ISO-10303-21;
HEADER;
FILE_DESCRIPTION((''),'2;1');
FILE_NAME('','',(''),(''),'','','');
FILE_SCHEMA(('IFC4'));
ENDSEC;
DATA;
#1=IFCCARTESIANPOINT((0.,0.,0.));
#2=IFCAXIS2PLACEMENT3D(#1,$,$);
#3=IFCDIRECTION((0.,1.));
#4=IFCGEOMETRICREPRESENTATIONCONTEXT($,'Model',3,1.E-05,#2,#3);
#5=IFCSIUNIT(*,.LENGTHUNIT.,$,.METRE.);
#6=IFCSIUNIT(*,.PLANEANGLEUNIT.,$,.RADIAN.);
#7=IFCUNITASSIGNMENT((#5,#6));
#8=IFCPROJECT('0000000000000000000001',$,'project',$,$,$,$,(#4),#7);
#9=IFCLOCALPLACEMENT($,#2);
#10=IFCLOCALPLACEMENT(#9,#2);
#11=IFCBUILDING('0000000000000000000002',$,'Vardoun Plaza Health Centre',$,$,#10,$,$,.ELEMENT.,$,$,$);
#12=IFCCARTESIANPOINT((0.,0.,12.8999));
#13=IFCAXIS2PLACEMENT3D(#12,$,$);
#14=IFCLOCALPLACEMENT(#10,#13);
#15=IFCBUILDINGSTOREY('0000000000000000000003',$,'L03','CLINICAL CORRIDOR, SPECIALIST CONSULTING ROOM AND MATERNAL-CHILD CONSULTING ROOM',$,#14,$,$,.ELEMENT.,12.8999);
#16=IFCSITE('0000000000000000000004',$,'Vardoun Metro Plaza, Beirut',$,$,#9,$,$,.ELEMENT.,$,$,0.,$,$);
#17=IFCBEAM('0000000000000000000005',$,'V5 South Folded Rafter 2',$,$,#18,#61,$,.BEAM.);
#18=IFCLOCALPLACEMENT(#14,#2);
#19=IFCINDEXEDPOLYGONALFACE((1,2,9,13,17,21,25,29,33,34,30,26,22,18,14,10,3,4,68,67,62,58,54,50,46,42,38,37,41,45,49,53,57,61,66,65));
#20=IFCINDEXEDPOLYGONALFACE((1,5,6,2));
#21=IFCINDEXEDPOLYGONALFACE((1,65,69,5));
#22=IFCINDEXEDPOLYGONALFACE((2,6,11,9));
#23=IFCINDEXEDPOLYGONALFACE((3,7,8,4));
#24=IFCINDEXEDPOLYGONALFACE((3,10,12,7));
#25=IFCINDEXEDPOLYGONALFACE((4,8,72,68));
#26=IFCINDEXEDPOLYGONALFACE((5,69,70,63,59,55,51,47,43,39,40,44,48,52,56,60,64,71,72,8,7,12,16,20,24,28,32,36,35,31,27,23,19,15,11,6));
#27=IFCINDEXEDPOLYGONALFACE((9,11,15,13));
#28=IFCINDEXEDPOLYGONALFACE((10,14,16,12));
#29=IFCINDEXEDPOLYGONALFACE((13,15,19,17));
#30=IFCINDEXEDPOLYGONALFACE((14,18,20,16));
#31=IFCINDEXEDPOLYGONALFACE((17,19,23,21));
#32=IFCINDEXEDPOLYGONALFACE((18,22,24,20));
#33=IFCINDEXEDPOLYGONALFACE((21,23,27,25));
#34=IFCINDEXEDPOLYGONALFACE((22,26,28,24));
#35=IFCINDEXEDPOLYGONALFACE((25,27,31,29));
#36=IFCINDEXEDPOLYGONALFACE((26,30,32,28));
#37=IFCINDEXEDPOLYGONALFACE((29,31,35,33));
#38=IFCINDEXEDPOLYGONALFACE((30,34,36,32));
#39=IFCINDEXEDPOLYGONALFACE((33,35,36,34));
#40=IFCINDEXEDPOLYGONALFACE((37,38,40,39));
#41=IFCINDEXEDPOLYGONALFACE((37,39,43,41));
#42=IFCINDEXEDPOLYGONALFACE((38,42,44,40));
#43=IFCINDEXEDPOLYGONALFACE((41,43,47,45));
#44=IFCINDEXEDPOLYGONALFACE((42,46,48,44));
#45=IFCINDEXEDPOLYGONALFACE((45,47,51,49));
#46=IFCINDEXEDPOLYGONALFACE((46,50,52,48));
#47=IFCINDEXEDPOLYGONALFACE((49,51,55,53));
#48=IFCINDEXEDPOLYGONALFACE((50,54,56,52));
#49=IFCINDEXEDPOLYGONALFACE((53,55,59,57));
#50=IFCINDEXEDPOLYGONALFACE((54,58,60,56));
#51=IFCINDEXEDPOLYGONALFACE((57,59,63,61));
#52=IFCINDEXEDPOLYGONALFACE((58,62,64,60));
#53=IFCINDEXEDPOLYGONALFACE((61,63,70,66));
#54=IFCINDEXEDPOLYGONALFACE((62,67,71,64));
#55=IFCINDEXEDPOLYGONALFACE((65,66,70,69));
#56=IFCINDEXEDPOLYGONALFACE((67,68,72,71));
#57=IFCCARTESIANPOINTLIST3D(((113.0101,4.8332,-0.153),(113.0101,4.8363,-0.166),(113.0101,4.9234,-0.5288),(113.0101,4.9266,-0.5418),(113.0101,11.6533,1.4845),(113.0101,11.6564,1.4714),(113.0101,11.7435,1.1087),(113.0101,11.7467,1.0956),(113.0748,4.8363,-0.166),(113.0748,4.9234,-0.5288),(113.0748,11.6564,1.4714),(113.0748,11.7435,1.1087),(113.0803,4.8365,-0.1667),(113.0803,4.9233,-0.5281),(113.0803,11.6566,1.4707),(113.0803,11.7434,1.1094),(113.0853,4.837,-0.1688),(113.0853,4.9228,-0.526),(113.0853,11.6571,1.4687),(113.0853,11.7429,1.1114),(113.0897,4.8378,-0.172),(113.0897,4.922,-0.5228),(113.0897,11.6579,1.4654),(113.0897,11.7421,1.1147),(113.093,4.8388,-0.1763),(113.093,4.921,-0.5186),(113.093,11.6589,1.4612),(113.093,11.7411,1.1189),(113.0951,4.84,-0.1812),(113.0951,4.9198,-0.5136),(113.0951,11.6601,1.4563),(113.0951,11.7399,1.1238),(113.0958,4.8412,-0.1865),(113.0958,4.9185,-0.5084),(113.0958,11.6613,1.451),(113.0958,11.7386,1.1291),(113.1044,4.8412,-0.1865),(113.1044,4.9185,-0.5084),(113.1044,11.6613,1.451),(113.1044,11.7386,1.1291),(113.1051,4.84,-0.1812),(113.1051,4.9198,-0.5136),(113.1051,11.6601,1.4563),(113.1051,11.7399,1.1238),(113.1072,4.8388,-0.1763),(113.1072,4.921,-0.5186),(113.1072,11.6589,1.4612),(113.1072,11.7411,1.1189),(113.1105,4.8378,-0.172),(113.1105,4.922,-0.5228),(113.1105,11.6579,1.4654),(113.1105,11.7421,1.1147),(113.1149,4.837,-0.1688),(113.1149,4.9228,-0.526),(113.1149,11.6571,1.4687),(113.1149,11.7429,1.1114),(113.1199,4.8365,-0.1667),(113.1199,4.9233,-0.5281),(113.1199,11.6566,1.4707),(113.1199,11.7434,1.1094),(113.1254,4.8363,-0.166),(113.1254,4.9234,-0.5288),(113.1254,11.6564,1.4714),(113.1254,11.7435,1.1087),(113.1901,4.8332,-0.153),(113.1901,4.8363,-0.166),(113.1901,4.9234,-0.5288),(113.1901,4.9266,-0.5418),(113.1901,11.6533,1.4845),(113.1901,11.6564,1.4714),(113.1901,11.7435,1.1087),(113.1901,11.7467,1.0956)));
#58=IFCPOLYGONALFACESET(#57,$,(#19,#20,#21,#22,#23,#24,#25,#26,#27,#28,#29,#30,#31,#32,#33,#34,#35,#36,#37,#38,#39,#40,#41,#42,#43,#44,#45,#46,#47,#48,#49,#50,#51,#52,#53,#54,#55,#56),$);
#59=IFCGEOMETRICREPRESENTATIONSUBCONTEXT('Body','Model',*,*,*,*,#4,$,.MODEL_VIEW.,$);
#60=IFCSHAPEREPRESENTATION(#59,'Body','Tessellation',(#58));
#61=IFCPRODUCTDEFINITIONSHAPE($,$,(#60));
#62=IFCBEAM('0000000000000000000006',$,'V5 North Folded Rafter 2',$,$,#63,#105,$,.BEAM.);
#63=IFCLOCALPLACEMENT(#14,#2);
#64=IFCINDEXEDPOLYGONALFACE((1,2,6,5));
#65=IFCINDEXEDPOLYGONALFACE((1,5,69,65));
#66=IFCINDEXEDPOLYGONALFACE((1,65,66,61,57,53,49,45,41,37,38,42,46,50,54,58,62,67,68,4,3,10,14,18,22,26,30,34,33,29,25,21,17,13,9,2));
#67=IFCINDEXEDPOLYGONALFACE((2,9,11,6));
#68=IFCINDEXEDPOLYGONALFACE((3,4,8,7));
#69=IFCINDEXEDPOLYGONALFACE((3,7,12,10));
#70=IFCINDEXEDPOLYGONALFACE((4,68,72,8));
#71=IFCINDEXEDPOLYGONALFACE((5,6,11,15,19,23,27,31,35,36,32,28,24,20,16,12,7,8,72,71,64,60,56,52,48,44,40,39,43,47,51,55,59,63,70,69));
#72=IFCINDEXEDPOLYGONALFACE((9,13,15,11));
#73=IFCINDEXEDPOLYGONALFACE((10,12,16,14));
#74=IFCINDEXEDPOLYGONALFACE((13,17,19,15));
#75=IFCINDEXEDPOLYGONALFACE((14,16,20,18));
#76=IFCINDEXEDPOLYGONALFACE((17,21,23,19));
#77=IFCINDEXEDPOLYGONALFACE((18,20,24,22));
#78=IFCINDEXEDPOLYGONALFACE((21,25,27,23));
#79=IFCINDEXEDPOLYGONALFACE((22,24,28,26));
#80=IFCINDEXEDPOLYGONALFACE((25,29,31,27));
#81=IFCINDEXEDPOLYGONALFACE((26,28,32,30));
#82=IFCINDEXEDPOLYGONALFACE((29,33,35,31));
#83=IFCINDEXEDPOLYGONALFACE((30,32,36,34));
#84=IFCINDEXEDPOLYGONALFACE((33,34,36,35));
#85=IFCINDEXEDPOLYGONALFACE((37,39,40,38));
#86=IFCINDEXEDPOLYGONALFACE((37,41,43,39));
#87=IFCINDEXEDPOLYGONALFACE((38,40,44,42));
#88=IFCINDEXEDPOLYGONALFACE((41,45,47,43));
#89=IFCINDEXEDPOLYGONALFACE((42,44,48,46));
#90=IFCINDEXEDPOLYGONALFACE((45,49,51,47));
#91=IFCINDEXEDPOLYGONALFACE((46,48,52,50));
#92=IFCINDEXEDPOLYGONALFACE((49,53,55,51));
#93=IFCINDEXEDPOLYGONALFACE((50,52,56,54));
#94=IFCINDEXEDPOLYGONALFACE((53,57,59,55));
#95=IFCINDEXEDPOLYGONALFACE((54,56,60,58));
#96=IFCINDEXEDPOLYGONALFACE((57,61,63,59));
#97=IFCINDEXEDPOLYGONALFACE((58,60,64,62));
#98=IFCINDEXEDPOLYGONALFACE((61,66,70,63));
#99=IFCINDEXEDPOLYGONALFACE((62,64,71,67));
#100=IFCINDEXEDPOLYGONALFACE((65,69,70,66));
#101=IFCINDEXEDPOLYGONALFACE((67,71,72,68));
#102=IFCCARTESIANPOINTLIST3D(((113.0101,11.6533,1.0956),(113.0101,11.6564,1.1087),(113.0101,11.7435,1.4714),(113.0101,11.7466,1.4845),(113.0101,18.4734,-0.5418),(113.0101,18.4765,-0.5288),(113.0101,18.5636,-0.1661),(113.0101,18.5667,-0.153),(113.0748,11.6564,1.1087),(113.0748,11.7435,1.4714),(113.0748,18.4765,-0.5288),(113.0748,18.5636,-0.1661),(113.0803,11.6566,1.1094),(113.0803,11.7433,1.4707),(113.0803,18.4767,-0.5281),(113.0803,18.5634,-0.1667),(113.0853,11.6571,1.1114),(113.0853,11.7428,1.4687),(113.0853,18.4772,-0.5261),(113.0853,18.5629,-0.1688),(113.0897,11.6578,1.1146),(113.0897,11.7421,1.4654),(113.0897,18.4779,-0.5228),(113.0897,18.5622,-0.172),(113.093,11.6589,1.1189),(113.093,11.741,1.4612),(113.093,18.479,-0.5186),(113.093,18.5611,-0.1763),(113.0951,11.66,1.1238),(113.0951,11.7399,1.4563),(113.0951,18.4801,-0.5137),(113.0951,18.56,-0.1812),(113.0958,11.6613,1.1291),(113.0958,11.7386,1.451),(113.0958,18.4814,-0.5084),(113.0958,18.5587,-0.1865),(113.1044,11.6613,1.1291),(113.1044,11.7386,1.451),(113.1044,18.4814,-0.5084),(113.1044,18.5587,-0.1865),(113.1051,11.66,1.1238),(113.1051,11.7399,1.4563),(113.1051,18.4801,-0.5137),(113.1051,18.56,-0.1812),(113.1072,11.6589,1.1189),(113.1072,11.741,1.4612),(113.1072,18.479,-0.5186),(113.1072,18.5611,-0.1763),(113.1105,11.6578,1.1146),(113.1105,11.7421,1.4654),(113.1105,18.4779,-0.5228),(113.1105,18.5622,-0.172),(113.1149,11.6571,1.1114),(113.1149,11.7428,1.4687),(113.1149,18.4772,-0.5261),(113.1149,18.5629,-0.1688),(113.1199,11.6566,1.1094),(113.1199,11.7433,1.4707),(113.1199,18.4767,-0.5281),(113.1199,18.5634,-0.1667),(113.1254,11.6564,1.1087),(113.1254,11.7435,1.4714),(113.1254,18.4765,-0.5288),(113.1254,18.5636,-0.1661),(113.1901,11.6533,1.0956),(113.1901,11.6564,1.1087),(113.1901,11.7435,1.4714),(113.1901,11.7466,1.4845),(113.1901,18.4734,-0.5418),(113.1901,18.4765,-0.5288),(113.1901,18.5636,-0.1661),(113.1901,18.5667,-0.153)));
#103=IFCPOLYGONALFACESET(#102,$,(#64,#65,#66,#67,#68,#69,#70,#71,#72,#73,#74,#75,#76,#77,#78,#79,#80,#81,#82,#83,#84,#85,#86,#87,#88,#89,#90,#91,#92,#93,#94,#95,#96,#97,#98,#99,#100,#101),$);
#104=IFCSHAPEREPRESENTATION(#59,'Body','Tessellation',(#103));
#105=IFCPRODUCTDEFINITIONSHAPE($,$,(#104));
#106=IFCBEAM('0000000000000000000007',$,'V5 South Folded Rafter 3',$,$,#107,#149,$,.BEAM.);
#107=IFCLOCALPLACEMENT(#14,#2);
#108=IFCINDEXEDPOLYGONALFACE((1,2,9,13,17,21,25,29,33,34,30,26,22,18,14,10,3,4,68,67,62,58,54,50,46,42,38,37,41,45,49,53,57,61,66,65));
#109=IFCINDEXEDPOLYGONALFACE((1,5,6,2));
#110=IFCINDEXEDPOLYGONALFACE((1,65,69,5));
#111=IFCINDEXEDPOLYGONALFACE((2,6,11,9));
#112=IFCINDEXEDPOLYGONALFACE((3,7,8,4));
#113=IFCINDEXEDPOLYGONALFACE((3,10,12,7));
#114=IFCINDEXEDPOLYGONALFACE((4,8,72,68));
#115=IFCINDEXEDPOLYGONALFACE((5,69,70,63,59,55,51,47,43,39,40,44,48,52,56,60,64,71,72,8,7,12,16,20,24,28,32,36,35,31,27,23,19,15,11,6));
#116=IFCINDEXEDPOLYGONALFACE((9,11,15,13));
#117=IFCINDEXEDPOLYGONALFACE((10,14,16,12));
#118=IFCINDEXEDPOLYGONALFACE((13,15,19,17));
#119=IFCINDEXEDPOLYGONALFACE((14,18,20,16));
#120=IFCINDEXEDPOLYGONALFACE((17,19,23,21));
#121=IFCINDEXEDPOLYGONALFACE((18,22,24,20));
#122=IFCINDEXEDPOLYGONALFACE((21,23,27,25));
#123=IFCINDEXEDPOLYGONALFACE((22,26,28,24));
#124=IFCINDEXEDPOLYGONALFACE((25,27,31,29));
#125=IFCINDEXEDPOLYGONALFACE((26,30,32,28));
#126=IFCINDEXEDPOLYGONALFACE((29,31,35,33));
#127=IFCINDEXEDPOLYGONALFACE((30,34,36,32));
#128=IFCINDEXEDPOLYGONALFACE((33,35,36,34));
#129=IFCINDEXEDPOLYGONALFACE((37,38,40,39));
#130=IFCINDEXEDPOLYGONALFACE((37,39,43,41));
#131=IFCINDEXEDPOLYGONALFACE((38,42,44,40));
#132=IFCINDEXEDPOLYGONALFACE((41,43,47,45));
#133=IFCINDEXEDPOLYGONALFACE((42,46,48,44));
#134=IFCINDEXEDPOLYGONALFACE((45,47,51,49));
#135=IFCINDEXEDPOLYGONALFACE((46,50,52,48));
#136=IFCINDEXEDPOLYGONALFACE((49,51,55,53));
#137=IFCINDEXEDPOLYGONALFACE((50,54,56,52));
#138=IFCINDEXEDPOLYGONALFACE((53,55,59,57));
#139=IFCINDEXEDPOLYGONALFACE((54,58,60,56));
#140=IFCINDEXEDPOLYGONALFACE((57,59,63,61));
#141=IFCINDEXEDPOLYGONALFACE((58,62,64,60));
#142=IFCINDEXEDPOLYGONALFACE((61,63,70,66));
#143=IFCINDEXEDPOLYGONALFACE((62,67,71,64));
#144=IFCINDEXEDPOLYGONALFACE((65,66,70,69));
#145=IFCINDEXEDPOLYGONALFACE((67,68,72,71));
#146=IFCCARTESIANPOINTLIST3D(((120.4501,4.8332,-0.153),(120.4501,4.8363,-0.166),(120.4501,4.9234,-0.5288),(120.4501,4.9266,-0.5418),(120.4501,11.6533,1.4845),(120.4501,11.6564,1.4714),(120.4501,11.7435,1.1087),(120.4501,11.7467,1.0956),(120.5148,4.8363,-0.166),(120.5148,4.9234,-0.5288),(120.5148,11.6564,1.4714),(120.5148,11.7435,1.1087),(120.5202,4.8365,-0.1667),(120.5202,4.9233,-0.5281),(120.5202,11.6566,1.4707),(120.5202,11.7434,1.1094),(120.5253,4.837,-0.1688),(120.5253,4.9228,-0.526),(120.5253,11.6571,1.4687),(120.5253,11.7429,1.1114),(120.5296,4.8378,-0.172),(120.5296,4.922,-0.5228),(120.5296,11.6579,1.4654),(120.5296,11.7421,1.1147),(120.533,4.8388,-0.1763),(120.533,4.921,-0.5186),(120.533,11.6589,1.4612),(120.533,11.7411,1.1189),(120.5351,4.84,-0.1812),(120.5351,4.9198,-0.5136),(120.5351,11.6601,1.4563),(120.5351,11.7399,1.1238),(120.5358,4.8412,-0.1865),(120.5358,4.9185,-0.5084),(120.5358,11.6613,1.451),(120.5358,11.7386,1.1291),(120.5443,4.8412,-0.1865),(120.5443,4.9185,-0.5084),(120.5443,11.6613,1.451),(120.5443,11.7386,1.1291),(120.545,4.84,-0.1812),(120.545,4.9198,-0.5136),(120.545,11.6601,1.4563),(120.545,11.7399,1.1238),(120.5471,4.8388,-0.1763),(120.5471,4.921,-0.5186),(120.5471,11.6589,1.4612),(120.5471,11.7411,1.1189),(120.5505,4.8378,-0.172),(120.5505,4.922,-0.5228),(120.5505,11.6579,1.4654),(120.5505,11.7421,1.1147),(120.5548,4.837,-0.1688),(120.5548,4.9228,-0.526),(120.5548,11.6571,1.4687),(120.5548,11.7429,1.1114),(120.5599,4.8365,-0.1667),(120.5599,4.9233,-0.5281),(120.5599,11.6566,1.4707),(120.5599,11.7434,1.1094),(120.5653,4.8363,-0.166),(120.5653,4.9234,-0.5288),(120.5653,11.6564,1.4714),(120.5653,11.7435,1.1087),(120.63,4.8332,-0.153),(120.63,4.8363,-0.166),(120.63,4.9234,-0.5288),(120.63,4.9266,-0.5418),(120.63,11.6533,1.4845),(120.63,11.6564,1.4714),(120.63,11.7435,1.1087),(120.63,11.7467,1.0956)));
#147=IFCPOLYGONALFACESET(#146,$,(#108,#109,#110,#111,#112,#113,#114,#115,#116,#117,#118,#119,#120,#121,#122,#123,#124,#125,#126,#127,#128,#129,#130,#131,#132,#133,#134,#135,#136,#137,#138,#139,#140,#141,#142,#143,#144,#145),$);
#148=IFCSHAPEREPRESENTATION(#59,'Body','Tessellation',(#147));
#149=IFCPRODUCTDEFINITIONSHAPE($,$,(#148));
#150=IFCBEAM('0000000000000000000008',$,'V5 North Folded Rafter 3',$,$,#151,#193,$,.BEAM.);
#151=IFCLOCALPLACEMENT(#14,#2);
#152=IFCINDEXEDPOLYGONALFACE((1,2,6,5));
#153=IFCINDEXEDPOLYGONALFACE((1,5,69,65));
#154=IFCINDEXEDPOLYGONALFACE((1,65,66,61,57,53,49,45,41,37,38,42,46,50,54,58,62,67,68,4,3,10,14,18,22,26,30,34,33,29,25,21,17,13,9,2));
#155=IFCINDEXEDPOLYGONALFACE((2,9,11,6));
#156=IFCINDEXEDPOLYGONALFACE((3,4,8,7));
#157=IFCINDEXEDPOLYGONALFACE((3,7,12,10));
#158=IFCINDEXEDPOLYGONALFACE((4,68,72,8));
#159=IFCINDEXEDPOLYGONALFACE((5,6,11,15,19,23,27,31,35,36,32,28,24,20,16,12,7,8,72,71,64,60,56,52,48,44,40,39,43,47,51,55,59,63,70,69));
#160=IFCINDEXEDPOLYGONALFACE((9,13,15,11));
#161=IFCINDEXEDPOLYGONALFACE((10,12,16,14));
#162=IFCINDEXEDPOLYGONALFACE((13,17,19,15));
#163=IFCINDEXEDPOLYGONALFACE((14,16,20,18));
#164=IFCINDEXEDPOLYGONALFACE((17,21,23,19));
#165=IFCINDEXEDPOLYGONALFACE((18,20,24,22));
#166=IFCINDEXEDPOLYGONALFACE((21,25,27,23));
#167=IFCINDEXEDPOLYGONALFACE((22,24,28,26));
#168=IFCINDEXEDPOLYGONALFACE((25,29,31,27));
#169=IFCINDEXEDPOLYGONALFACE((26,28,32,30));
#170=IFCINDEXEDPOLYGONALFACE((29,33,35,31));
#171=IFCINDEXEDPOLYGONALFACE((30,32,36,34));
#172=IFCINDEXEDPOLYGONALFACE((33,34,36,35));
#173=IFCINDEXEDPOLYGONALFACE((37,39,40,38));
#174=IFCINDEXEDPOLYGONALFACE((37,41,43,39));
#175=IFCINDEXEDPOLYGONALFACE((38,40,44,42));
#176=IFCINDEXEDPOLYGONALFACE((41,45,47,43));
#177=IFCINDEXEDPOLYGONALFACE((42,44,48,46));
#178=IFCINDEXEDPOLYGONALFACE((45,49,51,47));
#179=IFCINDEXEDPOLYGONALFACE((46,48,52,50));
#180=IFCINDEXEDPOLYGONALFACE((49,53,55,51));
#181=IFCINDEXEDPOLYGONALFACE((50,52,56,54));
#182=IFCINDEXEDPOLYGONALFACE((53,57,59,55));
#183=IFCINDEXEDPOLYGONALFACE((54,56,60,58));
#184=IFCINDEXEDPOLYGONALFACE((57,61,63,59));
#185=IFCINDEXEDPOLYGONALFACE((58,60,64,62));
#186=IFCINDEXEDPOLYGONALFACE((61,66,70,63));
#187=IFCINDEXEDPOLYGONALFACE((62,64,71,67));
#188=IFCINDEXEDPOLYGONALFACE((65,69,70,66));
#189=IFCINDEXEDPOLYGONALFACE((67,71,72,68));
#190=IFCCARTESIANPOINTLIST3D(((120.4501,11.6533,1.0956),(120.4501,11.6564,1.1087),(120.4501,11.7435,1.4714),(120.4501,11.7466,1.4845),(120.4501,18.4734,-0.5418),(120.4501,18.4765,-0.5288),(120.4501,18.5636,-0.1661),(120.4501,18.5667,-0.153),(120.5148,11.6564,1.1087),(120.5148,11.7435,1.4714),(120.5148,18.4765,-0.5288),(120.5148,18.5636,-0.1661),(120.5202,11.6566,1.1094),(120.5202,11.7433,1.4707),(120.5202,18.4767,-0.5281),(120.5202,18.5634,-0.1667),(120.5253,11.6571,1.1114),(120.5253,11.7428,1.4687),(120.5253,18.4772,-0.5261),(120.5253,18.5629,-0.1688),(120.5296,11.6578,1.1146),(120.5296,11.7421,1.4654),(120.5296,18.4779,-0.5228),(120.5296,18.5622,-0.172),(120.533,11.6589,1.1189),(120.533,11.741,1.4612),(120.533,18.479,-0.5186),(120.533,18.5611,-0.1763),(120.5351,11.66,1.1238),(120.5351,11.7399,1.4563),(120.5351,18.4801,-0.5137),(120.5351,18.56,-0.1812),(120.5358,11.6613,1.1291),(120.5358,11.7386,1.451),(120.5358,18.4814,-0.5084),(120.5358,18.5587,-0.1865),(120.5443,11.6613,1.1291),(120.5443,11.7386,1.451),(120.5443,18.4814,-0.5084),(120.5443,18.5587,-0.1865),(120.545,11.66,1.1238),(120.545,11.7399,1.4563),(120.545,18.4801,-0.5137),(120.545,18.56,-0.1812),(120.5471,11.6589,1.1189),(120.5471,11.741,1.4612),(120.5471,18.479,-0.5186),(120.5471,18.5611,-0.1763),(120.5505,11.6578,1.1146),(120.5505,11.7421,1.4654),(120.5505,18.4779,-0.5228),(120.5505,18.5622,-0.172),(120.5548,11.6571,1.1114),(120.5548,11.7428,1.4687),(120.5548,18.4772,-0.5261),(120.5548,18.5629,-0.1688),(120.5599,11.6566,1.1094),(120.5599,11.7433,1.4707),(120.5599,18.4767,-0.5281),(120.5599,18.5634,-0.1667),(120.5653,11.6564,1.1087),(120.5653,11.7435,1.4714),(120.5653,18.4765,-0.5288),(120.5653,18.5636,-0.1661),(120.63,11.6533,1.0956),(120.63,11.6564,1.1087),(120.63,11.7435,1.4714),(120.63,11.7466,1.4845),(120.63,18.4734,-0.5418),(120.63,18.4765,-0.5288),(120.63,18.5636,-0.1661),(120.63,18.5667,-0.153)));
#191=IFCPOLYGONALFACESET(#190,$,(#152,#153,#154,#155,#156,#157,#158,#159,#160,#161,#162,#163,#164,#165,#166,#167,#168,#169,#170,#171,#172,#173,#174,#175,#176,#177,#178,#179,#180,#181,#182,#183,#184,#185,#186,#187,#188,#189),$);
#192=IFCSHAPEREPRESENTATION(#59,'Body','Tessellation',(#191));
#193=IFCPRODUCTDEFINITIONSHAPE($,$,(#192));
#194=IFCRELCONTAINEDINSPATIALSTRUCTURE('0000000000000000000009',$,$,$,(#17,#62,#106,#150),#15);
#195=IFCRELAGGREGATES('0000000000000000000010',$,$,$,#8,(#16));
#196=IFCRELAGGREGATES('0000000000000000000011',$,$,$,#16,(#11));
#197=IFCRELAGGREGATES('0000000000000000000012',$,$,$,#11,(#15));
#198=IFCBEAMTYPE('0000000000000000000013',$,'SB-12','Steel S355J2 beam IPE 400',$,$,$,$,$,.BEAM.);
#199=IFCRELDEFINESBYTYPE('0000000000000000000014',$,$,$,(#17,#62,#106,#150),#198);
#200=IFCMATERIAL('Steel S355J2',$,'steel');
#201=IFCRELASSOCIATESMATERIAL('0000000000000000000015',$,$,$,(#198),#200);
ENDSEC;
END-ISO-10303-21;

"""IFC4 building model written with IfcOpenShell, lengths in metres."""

from ifc_helpers import new_model, si_unit, direction, frame, origin, origin_2d, place, context, subcontext, project, spatial, i_section, extrude, material, material_profile, profile_set, type_object, element, save


model = new_model("IFC4")

# Units and contexts
model_context = context("Model", 3, precision=1e-05, world=origin(), true_north=direction((0.0, 1.0)))
body_context = subcontext(model_context, "Body", "Model", "MODEL_VIEW")
ifc_project = project(units=[si_unit("LENGTHUNIT", "METRE"), si_unit("PLANEANGLEUNIT", "RADIAN")], contexts=[model_context])

# Site, building, storey
site_placement = place(None, origin())
site = spatial("IfcSite", under=ifc_project, at=site_placement, Name="Vardoun Metro Plaza, Beirut", CompositionType="ELEMENT", RefElevation=0.0)
building_placement = place(site_placement, origin())
building = spatial("IfcBuilding", under=site, at=building_placement, Name="Vardoun Plaza Health Centre", CompositionType="ELEMENT")
storey_placement = place(building_placement, frame((0.0, 0.0, 12.8999)))
storey = spatial("IfcBuildingStorey", under=building, at=storey_placement, Name="L03", Description="CLINICAL CORRIDOR, SPECIALIST CONSULTING ROOM AND MATERNAL-CHILD CONSULTING ROOM", CompositionType="ELEMENT", Elevation=12.8999)

# Beams
ifc_material_1 = material(Name="Steel S355J2", Category="steel")
ifc_material_profile_1 = material_profile(ifc_material_1, i_section(OverallWidth=0.1799, OverallDepth=0.3999, WebThickness=0.0085, FlangeThickness=0.0134, FilletRadius=0.021, at=origin_2d()), Name="IPE 400")
ifc_profile_set_1 = profile_set([ifc_material_profile_1], Name="Steel S355J2")
beam_type_1 = type_object("IfcBeamType", Name="SB-12", Description="Steel S355J2 beam IPE 400", PredefinedType="BEAM", material=ifc_profile_set_1)
for number, where, z_axis, x_axis, name in (
    (1, (113.1001, 4.8799, -0.3474), (0.0, 0.972367, 0.233459), (-1.0, 0.0, 0.0), "V5 South Folded Rafter 2"),
    (2, (113.1001, 11.7, 1.29), (0.0, 0.972367, -0.233459), (-1.0, 0.0, 0.0), "V5 North Folded Rafter 2"),
    (3, (120.54, 4.8799, -0.3474), (0.0, 0.972367, 0.233459), (-1.0, 0.0, 0.0), "V5 South Folded Rafter 3"),
    (4, (120.54, 11.7, 1.29), (0.0, 0.972367, -0.233459), (-1.0, 0.0, 0.0), "V5 North Folded Rafter 3"),
):
    element("IfcBeam", number, at=place(storey_placement, frame(where, z_axis=z_axis, x_axis=x_axis)), inside=storey, type_object=beam_type_1, Name=name, PredefinedType="BEAM", context=body_context, shape_type="SweptSolid", body=[
        extrude(i_section(OverallWidth=0.1799, OverallDepth=0.3999, WebThickness=0.0085, FlangeThickness=0.0134, FilletRadius=0.021, at=origin_2d()), origin(), (0.0, 0.0, 1.0), 7.0139),
    ])

save(model, "model.ifc")
